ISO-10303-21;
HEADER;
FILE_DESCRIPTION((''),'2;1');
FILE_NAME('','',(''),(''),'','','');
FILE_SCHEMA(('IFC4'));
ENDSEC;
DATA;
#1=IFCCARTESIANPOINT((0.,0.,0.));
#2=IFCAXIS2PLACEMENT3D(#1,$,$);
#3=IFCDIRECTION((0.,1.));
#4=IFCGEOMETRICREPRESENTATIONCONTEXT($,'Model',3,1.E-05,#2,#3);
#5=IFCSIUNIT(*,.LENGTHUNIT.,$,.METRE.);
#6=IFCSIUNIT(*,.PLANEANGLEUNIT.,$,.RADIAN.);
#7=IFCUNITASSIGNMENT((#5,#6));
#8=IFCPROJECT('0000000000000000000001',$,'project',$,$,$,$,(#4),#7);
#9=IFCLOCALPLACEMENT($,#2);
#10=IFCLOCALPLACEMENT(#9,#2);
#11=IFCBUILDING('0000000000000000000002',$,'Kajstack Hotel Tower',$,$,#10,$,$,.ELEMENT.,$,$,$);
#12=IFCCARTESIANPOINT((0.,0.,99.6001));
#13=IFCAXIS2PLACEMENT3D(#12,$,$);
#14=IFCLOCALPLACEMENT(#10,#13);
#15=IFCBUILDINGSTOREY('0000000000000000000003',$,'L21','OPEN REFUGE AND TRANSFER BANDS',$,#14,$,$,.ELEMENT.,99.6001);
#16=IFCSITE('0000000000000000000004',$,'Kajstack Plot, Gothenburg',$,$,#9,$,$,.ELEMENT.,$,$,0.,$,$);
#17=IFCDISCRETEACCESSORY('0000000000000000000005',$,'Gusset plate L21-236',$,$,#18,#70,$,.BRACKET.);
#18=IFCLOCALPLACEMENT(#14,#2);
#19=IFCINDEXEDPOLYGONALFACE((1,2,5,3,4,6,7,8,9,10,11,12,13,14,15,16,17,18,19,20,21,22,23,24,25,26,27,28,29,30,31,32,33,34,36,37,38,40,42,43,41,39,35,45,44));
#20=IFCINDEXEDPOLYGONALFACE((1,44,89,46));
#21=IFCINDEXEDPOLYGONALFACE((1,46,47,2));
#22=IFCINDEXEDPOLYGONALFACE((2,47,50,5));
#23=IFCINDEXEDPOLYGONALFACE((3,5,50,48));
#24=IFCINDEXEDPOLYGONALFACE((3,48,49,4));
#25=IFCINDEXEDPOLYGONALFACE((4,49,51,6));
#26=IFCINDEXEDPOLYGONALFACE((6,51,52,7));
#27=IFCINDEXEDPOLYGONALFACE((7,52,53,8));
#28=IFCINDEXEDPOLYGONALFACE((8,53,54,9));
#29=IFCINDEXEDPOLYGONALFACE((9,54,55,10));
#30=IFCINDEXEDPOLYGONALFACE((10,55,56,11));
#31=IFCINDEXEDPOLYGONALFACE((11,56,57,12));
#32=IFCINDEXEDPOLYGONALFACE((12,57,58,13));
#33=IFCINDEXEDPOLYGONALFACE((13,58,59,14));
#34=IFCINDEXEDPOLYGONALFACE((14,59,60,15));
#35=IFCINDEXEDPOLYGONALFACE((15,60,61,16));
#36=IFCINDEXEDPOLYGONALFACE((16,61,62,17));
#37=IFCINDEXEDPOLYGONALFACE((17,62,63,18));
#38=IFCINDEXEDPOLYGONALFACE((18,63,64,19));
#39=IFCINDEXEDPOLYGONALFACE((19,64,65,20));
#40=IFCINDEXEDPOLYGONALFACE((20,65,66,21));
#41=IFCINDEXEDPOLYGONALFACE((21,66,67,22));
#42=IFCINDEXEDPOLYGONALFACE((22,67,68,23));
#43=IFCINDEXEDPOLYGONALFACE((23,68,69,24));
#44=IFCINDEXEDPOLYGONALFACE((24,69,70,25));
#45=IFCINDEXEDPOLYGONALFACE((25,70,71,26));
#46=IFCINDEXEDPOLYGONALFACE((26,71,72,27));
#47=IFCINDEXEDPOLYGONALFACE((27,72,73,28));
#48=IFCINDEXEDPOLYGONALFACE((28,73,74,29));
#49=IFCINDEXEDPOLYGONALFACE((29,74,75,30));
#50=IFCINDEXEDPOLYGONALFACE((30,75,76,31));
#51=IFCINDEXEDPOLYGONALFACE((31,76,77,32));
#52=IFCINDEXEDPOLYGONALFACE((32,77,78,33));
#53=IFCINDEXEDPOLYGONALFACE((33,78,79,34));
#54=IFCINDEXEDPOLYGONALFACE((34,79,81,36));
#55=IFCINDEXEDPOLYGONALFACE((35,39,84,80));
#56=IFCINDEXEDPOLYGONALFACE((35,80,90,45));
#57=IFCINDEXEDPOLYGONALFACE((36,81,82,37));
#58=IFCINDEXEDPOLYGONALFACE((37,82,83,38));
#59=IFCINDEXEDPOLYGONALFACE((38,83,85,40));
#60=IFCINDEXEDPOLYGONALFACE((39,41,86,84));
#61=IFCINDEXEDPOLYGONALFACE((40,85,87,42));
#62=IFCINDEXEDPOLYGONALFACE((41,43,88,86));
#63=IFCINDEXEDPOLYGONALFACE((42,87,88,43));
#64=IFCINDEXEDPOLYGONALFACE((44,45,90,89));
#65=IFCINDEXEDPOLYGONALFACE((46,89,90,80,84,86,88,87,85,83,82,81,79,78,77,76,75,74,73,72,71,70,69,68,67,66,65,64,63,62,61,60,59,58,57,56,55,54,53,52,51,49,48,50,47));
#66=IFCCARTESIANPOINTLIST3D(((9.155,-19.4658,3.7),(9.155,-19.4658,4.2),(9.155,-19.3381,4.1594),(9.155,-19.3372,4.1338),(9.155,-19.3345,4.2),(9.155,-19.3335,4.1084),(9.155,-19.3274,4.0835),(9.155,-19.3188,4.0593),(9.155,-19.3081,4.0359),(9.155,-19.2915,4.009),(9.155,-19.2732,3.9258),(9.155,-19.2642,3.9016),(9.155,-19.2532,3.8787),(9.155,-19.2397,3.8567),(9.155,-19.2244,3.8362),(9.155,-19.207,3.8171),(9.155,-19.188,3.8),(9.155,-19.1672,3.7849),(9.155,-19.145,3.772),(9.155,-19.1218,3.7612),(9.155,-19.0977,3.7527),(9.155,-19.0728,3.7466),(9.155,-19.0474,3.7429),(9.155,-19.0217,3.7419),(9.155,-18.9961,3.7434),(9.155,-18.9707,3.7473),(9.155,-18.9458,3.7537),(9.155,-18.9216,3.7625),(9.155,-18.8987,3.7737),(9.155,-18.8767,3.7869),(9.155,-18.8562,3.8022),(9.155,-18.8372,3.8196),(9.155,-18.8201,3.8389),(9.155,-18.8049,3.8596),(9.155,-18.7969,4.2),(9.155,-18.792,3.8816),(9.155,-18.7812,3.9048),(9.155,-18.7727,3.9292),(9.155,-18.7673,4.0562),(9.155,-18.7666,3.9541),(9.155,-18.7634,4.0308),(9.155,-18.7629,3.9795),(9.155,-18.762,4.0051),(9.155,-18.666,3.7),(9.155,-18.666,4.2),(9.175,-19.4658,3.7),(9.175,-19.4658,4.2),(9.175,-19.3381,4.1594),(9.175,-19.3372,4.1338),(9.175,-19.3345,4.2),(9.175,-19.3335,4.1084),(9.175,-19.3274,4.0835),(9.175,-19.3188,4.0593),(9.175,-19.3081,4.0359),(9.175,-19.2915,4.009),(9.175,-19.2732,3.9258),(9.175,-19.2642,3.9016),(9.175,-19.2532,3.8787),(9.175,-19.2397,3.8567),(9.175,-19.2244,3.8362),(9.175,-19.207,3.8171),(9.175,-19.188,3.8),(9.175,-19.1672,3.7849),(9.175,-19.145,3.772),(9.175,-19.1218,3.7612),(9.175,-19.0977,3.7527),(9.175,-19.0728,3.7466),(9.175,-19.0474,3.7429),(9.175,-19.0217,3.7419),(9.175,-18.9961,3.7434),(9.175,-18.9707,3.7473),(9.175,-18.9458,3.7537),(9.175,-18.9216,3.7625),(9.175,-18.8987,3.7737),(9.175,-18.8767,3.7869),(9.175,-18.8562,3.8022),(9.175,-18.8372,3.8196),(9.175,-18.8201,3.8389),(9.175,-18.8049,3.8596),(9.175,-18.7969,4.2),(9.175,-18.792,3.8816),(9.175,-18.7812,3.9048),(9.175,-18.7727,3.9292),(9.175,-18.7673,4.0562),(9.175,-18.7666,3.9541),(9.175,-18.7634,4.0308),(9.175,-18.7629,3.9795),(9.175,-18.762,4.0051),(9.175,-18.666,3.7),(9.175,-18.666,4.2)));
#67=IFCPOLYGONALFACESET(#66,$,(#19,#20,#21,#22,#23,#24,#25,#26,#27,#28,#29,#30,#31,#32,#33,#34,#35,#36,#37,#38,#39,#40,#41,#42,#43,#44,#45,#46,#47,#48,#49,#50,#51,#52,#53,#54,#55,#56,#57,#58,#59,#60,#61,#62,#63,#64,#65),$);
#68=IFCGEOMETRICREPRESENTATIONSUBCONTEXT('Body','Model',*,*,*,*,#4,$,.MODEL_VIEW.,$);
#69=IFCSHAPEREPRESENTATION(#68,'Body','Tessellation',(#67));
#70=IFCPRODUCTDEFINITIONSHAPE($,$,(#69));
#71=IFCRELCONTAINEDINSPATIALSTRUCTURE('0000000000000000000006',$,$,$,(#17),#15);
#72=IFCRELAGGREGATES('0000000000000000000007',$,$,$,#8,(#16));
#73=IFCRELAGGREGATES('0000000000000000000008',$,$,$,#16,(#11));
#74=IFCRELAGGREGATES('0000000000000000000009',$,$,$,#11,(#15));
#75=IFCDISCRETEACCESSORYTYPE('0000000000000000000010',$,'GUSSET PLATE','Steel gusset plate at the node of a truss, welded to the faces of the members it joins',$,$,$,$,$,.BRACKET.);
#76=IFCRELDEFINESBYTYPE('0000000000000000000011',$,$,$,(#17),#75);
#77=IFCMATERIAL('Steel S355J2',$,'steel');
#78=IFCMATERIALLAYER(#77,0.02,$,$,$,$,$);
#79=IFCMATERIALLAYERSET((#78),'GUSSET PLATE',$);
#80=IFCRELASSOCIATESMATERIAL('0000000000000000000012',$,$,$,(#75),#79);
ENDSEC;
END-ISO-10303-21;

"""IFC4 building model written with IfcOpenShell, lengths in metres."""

from ifc_helpers import new_model, si_unit, direction, frame, origin, place, context, subcontext, project, spatial, polyline, outline, extrude, material, layer, layer_set, type_object, element, save


model = new_model("IFC4")

# Units and contexts
model_context = context("Model", 3, precision=1e-05, world=origin(), true_north=direction((0.0, 1.0)))
body_context = subcontext(model_context, "Body", "Model", "MODEL_VIEW")
ifc_project = project(units=[si_unit("LENGTHUNIT", "METRE"), si_unit("PLANEANGLEUNIT", "RADIAN")], contexts=[model_context])

# Site, building, storey
site_placement = place(None, origin())
site = spatial("IfcSite", under=ifc_project, at=site_placement, Name="Kajstack Plot, Gothenburg", CompositionType="ELEMENT", RefElevation=0.0)
building_placement = place(site_placement, origin())
building = spatial("IfcBuilding", under=site, at=building_placement, Name="Kajstack Hotel Tower", CompositionType="ELEMENT")
storey_placement = place(building_placement, frame((0.0, 0.0, 99.6001)))
storey = spatial("IfcBuildingStorey", under=building, at=storey_placement, Name="L21", Description="OPEN REFUGE AND TRANSFER BANDS", CompositionType="ELEMENT", Elevation=99.6001)

# Shared definitions
ifc_material = material(Name="Steel S355J2", Category="steel")

# Discrete accessory
ifc_layer = layer(ifc_material, 0.02)
ifc_layer_set = layer_set([ifc_layer], Name="GUSSET PLATE")
discrete_accessory_type = type_object("IfcDiscreteAccessoryType", Name="GUSSET PLATE", Description="Steel gusset plate at the node of a truss, welded to the faces of the members it joins", PredefinedType="BRACKET", material=ifc_layer_set)
discrete_accessory_1_placement = place(storey_placement, frame((9.155, -19.0659, 3.7), z_axis=(1.0, 0.0, 0.0), x_axis=(0.0, 1.0, 0.0)))
element("IfcDiscreteAccessory", 1, at=discrete_accessory_1_placement, inside=storey, type_object=discrete_accessory_type, Name="Gusset plate L21-236", PredefinedType="BRACKET", context=body_context, shape_type="SweptSolid", body=[
    extrude(outline(polyline([(0.3999, 0.5), (0.269, 0.5), (0.2986, 0.3562), (0.3025, 0.3308), (0.304, 0.3052), (0.303, 0.2795), (0.2993, 0.2542), (0.2932, 0.2292), (0.2847, 0.2048), (0.2739, 0.1816), (0.261, 0.1597), (0.2458, 0.1389), (0.2288, 0.1196), (0.2097, 0.1023), (0.1892, 0.0869), (0.1672, 0.0737), (0.1443, 0.0625), (0.1201, 0.0537), (0.0952, 0.0474), (0.0698, 0.0435), (0.0442, 0.042), (0.0186, 0.043), (-0.0068, 0.0466), (-0.0317, 0.0527), (-0.0559, 0.0613), (-0.0791, 0.072), (-0.1013, 0.085), (-0.1221, 0.1001), (-0.1411, 0.1172), (-0.1584, 0.1362), (-0.1738, 0.1567), (-0.1873, 0.1787), (-0.1982, 0.2017), (-0.2073, 0.2258), (-0.2256, 0.3091), (-0.2422, 0.3359), (-0.2529, 0.3594), (-0.2615, 0.3835), (-0.2676, 0.4084), (-0.2712, 0.4338), (-0.2722, 0.4595), (-0.2686, 0.5), (-0.3999, 0.5), (-0.3999, 0.0), (0.3999, 0.0), (0.3999, 0.5)])), origin(), (0.0, 0.0, 1.0), 0.02),
])

save(model, "model.ifc")
